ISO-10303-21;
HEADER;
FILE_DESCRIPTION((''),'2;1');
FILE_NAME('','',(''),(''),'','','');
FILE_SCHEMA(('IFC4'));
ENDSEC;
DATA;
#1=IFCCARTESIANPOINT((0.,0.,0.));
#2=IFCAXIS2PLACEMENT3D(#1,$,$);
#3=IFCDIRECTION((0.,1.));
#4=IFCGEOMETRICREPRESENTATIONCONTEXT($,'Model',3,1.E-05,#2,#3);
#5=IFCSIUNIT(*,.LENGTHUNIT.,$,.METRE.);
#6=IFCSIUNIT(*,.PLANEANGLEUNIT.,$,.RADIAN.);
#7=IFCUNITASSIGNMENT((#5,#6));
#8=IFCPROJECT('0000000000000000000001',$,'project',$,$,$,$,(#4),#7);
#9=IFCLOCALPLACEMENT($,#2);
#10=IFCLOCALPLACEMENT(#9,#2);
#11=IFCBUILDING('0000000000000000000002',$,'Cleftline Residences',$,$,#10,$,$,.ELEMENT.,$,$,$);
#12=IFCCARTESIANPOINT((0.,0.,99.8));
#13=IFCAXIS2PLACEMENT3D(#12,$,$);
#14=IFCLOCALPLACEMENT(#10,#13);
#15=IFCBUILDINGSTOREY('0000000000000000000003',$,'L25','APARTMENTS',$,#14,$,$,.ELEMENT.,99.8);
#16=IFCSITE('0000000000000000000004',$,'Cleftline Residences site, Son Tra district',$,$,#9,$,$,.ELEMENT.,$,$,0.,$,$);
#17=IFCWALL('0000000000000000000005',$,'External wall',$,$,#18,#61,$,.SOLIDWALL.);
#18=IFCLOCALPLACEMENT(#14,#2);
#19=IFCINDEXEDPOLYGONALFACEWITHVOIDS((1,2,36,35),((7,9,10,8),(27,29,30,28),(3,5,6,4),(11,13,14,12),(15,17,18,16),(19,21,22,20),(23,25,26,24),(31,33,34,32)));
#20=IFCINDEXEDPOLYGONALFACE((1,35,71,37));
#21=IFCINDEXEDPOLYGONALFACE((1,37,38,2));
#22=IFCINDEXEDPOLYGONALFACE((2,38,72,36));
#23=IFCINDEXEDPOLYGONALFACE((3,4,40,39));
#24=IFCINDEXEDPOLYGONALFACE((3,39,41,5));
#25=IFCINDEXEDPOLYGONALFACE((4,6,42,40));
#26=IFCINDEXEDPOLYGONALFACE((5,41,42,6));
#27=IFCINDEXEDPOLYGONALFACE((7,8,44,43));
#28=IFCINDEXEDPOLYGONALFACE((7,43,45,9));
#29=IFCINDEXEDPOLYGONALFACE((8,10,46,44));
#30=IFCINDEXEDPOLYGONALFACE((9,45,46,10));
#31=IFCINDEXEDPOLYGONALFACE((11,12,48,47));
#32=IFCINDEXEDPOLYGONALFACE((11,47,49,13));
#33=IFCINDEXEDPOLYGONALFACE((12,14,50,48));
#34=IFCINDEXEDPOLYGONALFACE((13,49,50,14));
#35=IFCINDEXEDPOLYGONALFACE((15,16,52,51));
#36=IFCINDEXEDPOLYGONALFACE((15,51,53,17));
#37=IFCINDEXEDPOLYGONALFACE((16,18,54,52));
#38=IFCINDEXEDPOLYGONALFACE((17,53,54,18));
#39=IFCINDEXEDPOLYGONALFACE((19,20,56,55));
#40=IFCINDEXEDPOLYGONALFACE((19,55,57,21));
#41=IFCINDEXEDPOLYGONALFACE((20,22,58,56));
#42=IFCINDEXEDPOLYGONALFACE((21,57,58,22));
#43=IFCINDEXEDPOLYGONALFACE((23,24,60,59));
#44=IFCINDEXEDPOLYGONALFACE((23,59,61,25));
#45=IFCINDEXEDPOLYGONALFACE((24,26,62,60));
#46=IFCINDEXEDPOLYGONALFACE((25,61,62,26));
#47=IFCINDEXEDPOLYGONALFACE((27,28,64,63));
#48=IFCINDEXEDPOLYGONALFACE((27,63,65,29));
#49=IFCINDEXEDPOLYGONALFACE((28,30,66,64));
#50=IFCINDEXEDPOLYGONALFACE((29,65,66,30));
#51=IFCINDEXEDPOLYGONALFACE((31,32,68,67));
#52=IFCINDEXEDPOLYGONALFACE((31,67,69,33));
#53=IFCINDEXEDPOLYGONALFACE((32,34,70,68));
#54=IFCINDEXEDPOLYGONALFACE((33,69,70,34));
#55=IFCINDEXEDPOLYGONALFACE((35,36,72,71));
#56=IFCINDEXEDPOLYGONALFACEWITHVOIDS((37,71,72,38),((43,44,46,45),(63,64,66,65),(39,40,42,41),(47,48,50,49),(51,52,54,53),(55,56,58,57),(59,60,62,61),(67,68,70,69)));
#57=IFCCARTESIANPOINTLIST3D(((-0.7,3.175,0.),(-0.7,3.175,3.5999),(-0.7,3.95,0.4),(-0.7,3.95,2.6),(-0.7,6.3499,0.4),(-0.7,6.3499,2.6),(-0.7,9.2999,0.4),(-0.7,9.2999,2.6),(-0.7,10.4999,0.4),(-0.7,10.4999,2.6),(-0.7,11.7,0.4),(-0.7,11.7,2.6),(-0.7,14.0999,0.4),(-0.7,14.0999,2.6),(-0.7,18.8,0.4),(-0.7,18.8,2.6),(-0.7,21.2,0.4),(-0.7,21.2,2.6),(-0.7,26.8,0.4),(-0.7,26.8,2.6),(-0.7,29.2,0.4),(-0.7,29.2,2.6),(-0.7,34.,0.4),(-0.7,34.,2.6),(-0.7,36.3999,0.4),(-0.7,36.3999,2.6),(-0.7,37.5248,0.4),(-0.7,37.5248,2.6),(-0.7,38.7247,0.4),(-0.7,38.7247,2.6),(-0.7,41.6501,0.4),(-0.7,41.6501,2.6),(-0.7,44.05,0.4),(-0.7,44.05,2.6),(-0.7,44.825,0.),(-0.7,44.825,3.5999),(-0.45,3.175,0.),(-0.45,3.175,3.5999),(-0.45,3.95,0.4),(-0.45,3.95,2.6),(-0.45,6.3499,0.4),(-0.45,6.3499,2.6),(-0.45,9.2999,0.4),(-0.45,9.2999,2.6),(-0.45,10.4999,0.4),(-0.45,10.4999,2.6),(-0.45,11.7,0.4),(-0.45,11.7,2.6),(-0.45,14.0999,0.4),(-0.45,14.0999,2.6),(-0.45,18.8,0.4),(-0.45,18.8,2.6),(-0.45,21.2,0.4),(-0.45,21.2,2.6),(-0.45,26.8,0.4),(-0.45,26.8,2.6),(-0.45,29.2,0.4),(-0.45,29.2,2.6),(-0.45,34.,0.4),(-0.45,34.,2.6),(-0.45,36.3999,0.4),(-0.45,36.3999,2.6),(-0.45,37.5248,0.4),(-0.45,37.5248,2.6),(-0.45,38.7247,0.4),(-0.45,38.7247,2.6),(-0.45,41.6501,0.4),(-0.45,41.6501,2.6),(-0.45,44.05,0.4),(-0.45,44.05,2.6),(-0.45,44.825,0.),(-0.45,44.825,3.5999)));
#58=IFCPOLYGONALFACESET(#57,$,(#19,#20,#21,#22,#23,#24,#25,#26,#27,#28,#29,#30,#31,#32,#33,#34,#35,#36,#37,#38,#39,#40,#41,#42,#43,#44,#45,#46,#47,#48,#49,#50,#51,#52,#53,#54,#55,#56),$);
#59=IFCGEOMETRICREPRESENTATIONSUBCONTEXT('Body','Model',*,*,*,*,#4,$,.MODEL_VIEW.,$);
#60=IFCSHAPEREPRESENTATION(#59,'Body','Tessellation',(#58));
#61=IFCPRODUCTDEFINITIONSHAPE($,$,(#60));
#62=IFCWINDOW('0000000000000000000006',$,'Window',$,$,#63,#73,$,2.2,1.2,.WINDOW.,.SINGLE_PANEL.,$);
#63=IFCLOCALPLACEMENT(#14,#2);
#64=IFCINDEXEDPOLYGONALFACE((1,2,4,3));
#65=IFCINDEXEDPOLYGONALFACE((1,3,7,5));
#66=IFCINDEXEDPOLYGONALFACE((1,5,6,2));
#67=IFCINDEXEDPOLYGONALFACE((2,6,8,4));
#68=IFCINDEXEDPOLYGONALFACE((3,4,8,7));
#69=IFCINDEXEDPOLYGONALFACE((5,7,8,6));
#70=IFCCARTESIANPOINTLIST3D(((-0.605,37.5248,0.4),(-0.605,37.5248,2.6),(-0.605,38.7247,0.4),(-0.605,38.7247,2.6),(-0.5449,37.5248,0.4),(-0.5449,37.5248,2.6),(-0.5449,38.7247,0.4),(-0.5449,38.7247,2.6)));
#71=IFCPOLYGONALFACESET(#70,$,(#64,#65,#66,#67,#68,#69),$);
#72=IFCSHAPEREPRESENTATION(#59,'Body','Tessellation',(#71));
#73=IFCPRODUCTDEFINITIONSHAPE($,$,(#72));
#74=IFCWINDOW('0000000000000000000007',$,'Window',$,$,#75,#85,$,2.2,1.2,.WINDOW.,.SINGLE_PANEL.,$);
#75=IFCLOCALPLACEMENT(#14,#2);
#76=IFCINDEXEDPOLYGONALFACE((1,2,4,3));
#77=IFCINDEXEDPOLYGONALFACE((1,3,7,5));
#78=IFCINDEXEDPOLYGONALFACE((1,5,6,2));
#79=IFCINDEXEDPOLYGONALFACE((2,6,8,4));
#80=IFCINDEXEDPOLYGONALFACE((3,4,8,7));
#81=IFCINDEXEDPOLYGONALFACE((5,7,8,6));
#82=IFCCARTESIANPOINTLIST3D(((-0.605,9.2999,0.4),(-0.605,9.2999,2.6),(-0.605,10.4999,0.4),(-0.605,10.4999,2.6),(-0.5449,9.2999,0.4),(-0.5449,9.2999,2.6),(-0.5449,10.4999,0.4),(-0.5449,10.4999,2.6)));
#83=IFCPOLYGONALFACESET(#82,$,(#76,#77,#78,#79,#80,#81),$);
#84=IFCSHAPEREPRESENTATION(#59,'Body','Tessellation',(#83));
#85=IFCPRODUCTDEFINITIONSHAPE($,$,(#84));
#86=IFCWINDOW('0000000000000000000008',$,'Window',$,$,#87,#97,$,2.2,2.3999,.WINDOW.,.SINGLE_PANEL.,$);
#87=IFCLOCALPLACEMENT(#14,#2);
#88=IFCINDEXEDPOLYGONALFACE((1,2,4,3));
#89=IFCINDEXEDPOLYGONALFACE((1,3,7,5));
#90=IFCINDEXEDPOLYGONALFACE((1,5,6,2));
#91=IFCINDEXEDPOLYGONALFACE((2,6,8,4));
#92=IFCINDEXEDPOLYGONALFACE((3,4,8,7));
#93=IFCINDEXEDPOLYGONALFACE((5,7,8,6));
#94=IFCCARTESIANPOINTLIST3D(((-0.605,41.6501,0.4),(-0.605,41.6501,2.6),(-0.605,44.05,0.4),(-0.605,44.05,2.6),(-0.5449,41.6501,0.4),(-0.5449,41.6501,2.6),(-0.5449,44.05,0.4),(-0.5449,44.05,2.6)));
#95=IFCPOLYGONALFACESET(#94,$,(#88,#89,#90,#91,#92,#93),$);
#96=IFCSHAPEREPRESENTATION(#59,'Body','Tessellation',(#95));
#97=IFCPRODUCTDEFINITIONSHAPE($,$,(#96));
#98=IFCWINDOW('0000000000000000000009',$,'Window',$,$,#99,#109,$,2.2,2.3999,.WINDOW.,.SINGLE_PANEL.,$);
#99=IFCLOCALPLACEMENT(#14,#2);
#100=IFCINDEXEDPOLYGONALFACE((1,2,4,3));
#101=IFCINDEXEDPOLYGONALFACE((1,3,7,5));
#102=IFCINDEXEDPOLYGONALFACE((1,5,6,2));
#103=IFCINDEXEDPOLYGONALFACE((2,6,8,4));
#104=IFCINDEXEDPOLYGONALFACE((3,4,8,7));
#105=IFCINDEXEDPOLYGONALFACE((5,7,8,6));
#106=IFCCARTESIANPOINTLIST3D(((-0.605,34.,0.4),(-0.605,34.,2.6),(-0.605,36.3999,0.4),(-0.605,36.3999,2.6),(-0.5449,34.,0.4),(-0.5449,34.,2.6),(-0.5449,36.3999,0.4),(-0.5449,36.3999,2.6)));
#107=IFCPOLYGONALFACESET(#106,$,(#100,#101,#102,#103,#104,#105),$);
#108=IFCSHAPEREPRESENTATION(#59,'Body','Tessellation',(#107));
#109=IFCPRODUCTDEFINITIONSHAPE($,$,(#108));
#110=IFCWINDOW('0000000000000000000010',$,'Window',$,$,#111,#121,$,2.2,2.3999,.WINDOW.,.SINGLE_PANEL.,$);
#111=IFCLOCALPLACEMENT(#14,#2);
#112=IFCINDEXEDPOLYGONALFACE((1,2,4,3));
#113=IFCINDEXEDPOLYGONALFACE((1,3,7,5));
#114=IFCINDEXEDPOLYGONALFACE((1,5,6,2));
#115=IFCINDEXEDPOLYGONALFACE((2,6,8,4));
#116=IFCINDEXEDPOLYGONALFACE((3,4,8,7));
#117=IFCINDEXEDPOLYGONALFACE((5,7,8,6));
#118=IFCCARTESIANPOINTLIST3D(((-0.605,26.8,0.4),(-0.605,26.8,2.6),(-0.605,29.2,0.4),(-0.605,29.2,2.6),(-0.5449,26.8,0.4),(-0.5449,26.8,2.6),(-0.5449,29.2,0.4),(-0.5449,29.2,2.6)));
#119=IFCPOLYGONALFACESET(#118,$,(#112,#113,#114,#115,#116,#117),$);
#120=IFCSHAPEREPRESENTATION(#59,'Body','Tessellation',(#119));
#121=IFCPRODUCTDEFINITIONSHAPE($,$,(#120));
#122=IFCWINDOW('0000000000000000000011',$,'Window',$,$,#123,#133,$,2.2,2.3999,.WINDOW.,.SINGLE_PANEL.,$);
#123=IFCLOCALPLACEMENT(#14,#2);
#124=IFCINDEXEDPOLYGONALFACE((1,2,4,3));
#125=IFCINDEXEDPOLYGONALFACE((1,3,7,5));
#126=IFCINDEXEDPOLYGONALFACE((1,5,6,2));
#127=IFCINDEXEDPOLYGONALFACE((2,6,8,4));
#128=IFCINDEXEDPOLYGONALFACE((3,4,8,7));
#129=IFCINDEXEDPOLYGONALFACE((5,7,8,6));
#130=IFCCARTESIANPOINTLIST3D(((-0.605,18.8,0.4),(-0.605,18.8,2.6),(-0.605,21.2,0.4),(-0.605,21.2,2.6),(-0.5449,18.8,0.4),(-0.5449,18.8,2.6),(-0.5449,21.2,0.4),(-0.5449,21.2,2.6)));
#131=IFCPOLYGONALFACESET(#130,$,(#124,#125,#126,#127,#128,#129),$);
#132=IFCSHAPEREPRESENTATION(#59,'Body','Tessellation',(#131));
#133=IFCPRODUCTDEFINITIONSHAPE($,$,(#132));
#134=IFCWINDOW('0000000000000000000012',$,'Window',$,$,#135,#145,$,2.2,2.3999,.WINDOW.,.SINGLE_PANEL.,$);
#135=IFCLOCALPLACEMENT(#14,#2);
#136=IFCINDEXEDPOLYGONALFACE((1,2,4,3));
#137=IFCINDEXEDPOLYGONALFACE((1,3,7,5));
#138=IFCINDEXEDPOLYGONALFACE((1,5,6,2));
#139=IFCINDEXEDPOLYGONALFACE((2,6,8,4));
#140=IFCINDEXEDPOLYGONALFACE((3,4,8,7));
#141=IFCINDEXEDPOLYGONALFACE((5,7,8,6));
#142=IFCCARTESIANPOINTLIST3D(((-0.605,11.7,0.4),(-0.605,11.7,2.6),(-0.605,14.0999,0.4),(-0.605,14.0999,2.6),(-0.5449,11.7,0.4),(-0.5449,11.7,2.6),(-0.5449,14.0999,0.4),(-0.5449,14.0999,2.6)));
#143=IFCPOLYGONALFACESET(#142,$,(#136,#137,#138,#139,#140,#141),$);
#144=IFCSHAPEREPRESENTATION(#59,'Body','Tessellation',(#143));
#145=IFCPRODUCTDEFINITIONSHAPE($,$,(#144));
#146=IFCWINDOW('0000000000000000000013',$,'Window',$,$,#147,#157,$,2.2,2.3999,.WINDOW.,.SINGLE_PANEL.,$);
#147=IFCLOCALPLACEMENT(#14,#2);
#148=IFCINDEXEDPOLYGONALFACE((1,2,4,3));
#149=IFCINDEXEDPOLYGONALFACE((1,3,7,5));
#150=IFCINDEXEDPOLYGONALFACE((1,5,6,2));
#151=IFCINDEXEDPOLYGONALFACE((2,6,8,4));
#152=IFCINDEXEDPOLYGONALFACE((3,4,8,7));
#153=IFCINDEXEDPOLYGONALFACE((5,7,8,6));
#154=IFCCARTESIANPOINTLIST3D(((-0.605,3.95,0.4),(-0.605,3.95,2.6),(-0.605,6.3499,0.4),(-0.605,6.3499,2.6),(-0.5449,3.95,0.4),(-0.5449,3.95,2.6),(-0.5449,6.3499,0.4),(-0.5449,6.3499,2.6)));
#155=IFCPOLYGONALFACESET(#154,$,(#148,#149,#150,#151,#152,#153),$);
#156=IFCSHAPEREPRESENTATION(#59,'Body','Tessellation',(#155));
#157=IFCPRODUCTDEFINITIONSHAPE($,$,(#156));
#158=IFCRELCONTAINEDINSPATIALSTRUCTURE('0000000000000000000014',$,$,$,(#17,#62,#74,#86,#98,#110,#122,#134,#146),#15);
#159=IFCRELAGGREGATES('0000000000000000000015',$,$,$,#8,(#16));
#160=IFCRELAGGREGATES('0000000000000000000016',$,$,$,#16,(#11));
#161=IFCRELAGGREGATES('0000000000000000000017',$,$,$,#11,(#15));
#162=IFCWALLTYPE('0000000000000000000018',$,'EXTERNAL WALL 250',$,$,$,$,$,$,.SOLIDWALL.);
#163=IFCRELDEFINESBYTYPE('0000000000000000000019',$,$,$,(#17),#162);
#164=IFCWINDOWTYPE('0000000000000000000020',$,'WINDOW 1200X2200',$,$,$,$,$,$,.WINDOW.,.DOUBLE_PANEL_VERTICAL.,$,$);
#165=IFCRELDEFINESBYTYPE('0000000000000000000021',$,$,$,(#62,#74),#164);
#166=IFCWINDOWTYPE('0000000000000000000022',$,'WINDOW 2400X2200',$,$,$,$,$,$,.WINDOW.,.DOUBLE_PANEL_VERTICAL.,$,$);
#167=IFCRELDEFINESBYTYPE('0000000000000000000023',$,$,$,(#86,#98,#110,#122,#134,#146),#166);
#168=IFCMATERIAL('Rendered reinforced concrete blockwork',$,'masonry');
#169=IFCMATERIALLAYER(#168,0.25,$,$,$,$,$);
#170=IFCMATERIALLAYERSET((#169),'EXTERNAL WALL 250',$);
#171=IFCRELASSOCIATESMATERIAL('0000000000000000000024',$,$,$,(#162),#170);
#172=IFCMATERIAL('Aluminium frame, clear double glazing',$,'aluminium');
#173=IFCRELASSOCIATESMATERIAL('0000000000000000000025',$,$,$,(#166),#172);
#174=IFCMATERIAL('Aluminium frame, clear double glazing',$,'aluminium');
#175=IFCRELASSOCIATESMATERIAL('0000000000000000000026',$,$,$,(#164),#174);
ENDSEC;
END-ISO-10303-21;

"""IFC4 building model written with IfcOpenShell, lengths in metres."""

from ifc_helpers import new_model, si_unit, direction, frame, frame_2d, origin, place, context, subcontext, project, spatial, rectangle, extrude, material, layer, layer_set, type_object, element, fill, save


model = new_model("IFC4")

# Units and contexts
model_context = context("Model", 3, precision=1e-05, world=origin(), true_north=direction((0.0, 1.0)))
body_context = subcontext(model_context, "Body", "Model", "MODEL_VIEW")
ifc_project = project(units=[si_unit("LENGTHUNIT", "METRE"), si_unit("PLANEANGLEUNIT", "RADIAN")], contexts=[model_context])

# Site, building, storey
site_placement = place(None, origin())
site = spatial("IfcSite", under=ifc_project, at=site_placement, Name="Cleftline Residences site, Son Tra district", CompositionType="ELEMENT", RefElevation=0.0)
building_placement = place(site_placement, origin())
building = spatial("IfcBuilding", under=site, at=building_placement, Name="Cleftline Residences", CompositionType="ELEMENT")
storey_placement = place(building_placement, frame((0.0, 0.0, 99.8)))
storey = spatial("IfcBuildingStorey", under=building, at=storey_placement, Name="L25", Description="APARTMENTS", CompositionType="ELEMENT", Elevation=99.8)

# Shared definitions
ifc_material_1 = material(Name="Rendered reinforced concrete blockwork", Category="masonry")
ifc_layer_1 = layer(ifc_material_1, 0.25)
ifc_layer_set_1 = layer_set([ifc_layer_1], Name="EXTERNAL WALL 250")
wall_type_1 = type_object("IfcWallType", Name="EXTERNAL WALL 250", PredefinedType="SOLIDWALL", material=ifc_layer_set_1)
ifc_material_2 = material(Name="Aluminium frame, clear double glazing", Category="aluminium")
window_type_1 = type_object("IfcWindowType", Name="WINDOW 2400X2200", PartitioningType="DOUBLE_PANEL_VERTICAL", PredefinedType="WINDOW", material=ifc_material_2)

# Wall, openings, windows
wall_1_placement = place(storey_placement, frame((-0.575, 44.825, 0.0), z_axis=(0.0, 0.0, 1.0), x_axis=(0.0, -1.0, 0.0)))
wall_1 = element("IfcWall", 1, at=wall_1_placement, inside=storey, type_object=wall_type_1, Name="External wall", PredefinedType="SOLIDWALL", context=body_context, shape_type="SweptSolid", body=[
    extrude(rectangle(XDim=41.6499, YDim=0.25, at=frame_2d((20.825, 0.0))), origin(), (0.0, 0.0, 1.0), 3.5999),
])
opening_1_placement = place(wall_1_placement, frame((0.7749, 0.0, 0.3999)))
opening_1 = element("IfcOpeningElement", 2, at=opening_1_placement, cuts=wall_1, PredefinedType="OPENING", context=body_context, shape_type="SweptSolid", body=[
    extrude(rectangle(XDim=2.3999, YDim=2.2, at=frame_2d((1.2, 1.1001))), frame((0.0, 0.135, 0.0), z_axis=(0.0, -1.0, 0.0), x_axis=(1.0, 0.0, 0.0)), (0.0, 0.0, 1.0), 0.27),
])
opening_2_placement = place(wall_1_placement, frame((6.1001, 0.0, 0.3999)))
opening_2 = element("IfcOpeningElement", 3, at=opening_2_placement, cuts=wall_1, PredefinedType="OPENING", context=body_context, shape_type="SweptSolid", body=[
    extrude(rectangle(XDim=1.2, YDim=2.2, at=frame_2d((0.6001, 1.1001))), frame((0.0, 0.135, 0.0), z_axis=(0.0, -1.0, 0.0), x_axis=(1.0, 0.0, 0.0)), (0.0, 0.0, 1.0), 0.27),
])
opening_3_placement = place(wall_1_placement, frame((8.425, 0.0, 0.3999)))
opening_3 = element("IfcOpeningElement", 4, at=opening_3_placement, cuts=wall_1, PredefinedType="OPENING", context=body_context, shape_type="SweptSolid", body=[
    extrude(rectangle(XDim=2.3999, YDim=2.2, at=frame_2d((1.2, 1.1001))), frame((0.0, 0.135, 0.0), z_axis=(0.0, -1.0, 0.0), x_axis=(1.0, 0.0, 0.0)), (0.0, 0.0, 1.0), 0.27),
])
opening_4_placement = place(wall_1_placement, frame((15.625, 0.0, 0.3999)))
opening_4 = element("IfcOpeningElement", 5, at=opening_4_placement, cuts=wall_1, PredefinedType="OPENING", context=body_context, shape_type="SweptSolid", body=[
    extrude(rectangle(XDim=2.3999, YDim=2.2, at=frame_2d((1.2, 1.1001))), frame((0.0, 0.135, 0.0), z_axis=(0.0, -1.0, 0.0), x_axis=(1.0, 0.0, 0.0)), (0.0, 0.0, 1.0), 0.27),
])
opening_5_placement = place(wall_1_placement, frame((23.625, 0.0, 0.3999)))
opening_5 = element("IfcOpeningElement", 6, at=opening_5_placement, cuts=wall_1, PredefinedType="OPENING", context=body_context, shape_type="SweptSolid", body=[
    extrude(rectangle(XDim=2.3999, YDim=2.2, at=frame_2d((1.2, 1.1001))), frame((0.0, 0.135, 0.0), z_axis=(0.0, -1.0, 0.0), x_axis=(1.0, 0.0, 0.0)), (0.0, 0.0, 1.0), 0.27),
])
opening_6_placement = place(wall_1_placement, frame((30.7251, 0.0, 0.3999)))
opening_6 = element("IfcOpeningElement", 7, at=opening_6_placement, cuts=wall_1, PredefinedType="OPENING", context=body_context, shape_type="SweptSolid", body=[
    extrude(rectangle(XDim=2.3999, YDim=2.2, at=frame_2d((1.2, 1.1001))), frame((0.0, 0.135, 0.0), z_axis=(0.0, -1.0, 0.0), x_axis=(1.0, 0.0, 0.0)), (0.0, 0.0, 1.0), 0.27),
])
opening_7_placement = place(wall_1_placement, frame((34.325, 0.0, 0.3999)))
opening_7 = element("IfcOpeningElement", 8, at=opening_7_placement, cuts=wall_1, PredefinedType="OPENING", context=body_context, shape_type="SweptSolid", body=[
    extrude(rectangle(XDim=1.2, YDim=2.2, at=frame_2d((0.6001, 1.1001))), frame((0.0, 0.135, 0.0), z_axis=(0.0, -1.0, 0.0), x_axis=(1.0, 0.0, 0.0)), (0.0, 0.0, 1.0), 0.27),
])
opening_8_placement = place(wall_1_placement, frame((38.4751, 0.0, 0.3999)))
opening_8 = element("IfcOpeningElement", 9, at=opening_8_placement, cuts=wall_1, PredefinedType="OPENING", context=body_context, shape_type="SweptSolid", body=[
    extrude(rectangle(XDim=2.3999, YDim=2.2, at=frame_2d((1.2, 1.1001))), frame((0.0, 0.135, 0.0), z_axis=(0.0, -1.0, 0.0), x_axis=(1.0, 0.0, 0.0)), (0.0, 0.0, 1.0), 0.27),
])
ifc_material_3 = material(Name="Aluminium frame, clear double glazing", Category="aluminium")
window_type_2 = type_object("IfcWindowType", Name="WINDOW 1200X2200", PartitioningType="DOUBLE_PANEL_VERTICAL", PredefinedType="WINDOW", material=ifc_material_3)
window_1_placement = place(opening_2_placement, origin())
window_1 = element("IfcWindow", 10, at=window_1_placement, inside=storey, type_object=window_type_2, Name="Window", OverallHeight=2.2, OverallWidth=1.2, PartitioningType="SINGLE_PANEL", PredefinedType="WINDOW", context=body_context, shape_type="SweptSolid", body=[
    extrude(rectangle(XDim=1.2, YDim=2.2, at=frame_2d((0.6001, 1.1001))), frame((0.0, 0.03, 0.0), z_axis=(0.0, -1.0, 0.0), x_axis=(1.0, 0.0, 0.0)), (0.0, 0.0, 1.0), 0.0601),
])
fill(opening_2, window_1)
window_2_placement = place(opening_7_placement, origin())
window_2 = element("IfcWindow", 11, at=window_2_placement, inside=storey, type_object=window_type_2, Name="Window", OverallHeight=2.2, OverallWidth=1.2, PartitioningType="SINGLE_PANEL", PredefinedType="WINDOW", context=body_context, shape_type="SweptSolid", body=[
    extrude(rectangle(XDim=1.2, YDim=2.2, at=frame_2d((0.6001, 1.1001))), frame((0.0, 0.03, 0.0), z_axis=(0.0, -1.0, 0.0), x_axis=(1.0, 0.0, 0.0)), (0.0, 0.0, 1.0), 0.0601),
])
fill(opening_7, window_2)
window_3_placement = place(opening_1_placement, origin())
window_3 = element("IfcWindow", 12, at=window_3_placement, inside=storey, type_object=window_type_1, Name="Window", OverallHeight=2.2, OverallWidth=2.3999, PartitioningType="SINGLE_PANEL", PredefinedType="WINDOW", context=body_context, shape_type="SweptSolid", body=[
    extrude(rectangle(XDim=2.3999, YDim=2.2, at=frame_2d((1.2, 1.1001))), frame((0.0, 0.03, 0.0), z_axis=(0.0, -1.0, 0.0), x_axis=(1.0, 0.0, 0.0)), (0.0, 0.0, 1.0), 0.0601),
])
fill(opening_1, window_3)
window_4_placement = place(opening_3_placement, origin())
window_4 = element("IfcWindow", 13, at=window_4_placement, inside=storey, type_object=window_type_1, Name="Window", OverallHeight=2.2, OverallWidth=2.3999, PartitioningType="SINGLE_PANEL", PredefinedType="WINDOW", context=body_context, shape_type="SweptSolid", body=[
    extrude(rectangle(XDim=2.3999, YDim=2.2, at=frame_2d((1.2, 1.1001))), frame((0.0, 0.03, 0.0), z_axis=(0.0, -1.0, 0.0), x_axis=(1.0, 0.0, 0.0)), (0.0, 0.0, 1.0), 0.0601),
])
fill(opening_3, window_4)
window_5_placement = place(opening_4_placement, origin())
window_5 = element("IfcWindow", 14, at=window_5_placement, inside=storey, type_object=window_type_1, Name="Window", OverallHeight=2.2, OverallWidth=2.3999, PartitioningType="SINGLE_PANEL", PredefinedType="WINDOW", context=body_context, shape_type="SweptSolid", body=[
    extrude(rectangle(XDim=2.3999, YDim=2.2, at=frame_2d((1.2, 1.1001))), frame((0.0, 0.03, 0.0), z_axis=(0.0, -1.0, 0.0), x_axis=(1.0, 0.0, 0.0)), (0.0, 0.0, 1.0), 0.0601),
])
fill(opening_4, window_5)
window_6_placement = place(opening_5_placement, origin())
window_6 = element("IfcWindow", 15, at=window_6_placement, inside=storey, type_object=window_type_1, Name="Window", OverallHeight=2.2, OverallWidth=2.3999, PartitioningType="SINGLE_PANEL", PredefinedType="WINDOW", context=body_context, shape_type="SweptSolid", body=[
    extrude(rectangle(XDim=2.3999, YDim=2.2, at=frame_2d((1.2, 1.1001))), frame((0.0, 0.03, 0.0), z_axis=(0.0, -1.0, 0.0), x_axis=(1.0, 0.0, 0.0)), (0.0, 0.0, 1.0), 0.0601),
])
fill(opening_5, window_6)
window_7_placement = place(opening_6_placement, origin())
window_7 = element("IfcWindow", 16, at=window_7_placement, inside=storey, type_object=window_type_1, Name="Window", OverallHeight=2.2, OverallWidth=2.3999, PartitioningType="SINGLE_PANEL", PredefinedType="WINDOW", context=body_context, shape_type="SweptSolid", body=[
    extrude(rectangle(XDim=2.3999, YDim=2.2, at=frame_2d((1.2, 1.1001))), frame((0.0, 0.03, 0.0), z_axis=(0.0, -1.0, 0.0), x_axis=(1.0, 0.0, 0.0)), (0.0, 0.0, 1.0), 0.0601),
])
fill(opening_6, window_7)
window_8_placement = place(opening_8_placement, origin())
window_8 = element("IfcWindow", 17, at=window_8_placement, inside=storey, type_object=window_type_1, Name="Window", OverallHeight=2.2, OverallWidth=2.3999, PartitioningType="SINGLE_PANEL", PredefinedType="WINDOW", context=body_context, shape_type="SweptSolid", body=[
    extrude(rectangle(XDim=2.3999, YDim=2.2, at=frame_2d((1.2, 1.1001))), frame((0.0, 0.03, 0.0), z_axis=(0.0, -1.0, 0.0), x_axis=(1.0, 0.0, 0.0)), (0.0, 0.0, 1.0), 0.0601),
])
fill(opening_8, window_8)

save(model, "model.ifc")
